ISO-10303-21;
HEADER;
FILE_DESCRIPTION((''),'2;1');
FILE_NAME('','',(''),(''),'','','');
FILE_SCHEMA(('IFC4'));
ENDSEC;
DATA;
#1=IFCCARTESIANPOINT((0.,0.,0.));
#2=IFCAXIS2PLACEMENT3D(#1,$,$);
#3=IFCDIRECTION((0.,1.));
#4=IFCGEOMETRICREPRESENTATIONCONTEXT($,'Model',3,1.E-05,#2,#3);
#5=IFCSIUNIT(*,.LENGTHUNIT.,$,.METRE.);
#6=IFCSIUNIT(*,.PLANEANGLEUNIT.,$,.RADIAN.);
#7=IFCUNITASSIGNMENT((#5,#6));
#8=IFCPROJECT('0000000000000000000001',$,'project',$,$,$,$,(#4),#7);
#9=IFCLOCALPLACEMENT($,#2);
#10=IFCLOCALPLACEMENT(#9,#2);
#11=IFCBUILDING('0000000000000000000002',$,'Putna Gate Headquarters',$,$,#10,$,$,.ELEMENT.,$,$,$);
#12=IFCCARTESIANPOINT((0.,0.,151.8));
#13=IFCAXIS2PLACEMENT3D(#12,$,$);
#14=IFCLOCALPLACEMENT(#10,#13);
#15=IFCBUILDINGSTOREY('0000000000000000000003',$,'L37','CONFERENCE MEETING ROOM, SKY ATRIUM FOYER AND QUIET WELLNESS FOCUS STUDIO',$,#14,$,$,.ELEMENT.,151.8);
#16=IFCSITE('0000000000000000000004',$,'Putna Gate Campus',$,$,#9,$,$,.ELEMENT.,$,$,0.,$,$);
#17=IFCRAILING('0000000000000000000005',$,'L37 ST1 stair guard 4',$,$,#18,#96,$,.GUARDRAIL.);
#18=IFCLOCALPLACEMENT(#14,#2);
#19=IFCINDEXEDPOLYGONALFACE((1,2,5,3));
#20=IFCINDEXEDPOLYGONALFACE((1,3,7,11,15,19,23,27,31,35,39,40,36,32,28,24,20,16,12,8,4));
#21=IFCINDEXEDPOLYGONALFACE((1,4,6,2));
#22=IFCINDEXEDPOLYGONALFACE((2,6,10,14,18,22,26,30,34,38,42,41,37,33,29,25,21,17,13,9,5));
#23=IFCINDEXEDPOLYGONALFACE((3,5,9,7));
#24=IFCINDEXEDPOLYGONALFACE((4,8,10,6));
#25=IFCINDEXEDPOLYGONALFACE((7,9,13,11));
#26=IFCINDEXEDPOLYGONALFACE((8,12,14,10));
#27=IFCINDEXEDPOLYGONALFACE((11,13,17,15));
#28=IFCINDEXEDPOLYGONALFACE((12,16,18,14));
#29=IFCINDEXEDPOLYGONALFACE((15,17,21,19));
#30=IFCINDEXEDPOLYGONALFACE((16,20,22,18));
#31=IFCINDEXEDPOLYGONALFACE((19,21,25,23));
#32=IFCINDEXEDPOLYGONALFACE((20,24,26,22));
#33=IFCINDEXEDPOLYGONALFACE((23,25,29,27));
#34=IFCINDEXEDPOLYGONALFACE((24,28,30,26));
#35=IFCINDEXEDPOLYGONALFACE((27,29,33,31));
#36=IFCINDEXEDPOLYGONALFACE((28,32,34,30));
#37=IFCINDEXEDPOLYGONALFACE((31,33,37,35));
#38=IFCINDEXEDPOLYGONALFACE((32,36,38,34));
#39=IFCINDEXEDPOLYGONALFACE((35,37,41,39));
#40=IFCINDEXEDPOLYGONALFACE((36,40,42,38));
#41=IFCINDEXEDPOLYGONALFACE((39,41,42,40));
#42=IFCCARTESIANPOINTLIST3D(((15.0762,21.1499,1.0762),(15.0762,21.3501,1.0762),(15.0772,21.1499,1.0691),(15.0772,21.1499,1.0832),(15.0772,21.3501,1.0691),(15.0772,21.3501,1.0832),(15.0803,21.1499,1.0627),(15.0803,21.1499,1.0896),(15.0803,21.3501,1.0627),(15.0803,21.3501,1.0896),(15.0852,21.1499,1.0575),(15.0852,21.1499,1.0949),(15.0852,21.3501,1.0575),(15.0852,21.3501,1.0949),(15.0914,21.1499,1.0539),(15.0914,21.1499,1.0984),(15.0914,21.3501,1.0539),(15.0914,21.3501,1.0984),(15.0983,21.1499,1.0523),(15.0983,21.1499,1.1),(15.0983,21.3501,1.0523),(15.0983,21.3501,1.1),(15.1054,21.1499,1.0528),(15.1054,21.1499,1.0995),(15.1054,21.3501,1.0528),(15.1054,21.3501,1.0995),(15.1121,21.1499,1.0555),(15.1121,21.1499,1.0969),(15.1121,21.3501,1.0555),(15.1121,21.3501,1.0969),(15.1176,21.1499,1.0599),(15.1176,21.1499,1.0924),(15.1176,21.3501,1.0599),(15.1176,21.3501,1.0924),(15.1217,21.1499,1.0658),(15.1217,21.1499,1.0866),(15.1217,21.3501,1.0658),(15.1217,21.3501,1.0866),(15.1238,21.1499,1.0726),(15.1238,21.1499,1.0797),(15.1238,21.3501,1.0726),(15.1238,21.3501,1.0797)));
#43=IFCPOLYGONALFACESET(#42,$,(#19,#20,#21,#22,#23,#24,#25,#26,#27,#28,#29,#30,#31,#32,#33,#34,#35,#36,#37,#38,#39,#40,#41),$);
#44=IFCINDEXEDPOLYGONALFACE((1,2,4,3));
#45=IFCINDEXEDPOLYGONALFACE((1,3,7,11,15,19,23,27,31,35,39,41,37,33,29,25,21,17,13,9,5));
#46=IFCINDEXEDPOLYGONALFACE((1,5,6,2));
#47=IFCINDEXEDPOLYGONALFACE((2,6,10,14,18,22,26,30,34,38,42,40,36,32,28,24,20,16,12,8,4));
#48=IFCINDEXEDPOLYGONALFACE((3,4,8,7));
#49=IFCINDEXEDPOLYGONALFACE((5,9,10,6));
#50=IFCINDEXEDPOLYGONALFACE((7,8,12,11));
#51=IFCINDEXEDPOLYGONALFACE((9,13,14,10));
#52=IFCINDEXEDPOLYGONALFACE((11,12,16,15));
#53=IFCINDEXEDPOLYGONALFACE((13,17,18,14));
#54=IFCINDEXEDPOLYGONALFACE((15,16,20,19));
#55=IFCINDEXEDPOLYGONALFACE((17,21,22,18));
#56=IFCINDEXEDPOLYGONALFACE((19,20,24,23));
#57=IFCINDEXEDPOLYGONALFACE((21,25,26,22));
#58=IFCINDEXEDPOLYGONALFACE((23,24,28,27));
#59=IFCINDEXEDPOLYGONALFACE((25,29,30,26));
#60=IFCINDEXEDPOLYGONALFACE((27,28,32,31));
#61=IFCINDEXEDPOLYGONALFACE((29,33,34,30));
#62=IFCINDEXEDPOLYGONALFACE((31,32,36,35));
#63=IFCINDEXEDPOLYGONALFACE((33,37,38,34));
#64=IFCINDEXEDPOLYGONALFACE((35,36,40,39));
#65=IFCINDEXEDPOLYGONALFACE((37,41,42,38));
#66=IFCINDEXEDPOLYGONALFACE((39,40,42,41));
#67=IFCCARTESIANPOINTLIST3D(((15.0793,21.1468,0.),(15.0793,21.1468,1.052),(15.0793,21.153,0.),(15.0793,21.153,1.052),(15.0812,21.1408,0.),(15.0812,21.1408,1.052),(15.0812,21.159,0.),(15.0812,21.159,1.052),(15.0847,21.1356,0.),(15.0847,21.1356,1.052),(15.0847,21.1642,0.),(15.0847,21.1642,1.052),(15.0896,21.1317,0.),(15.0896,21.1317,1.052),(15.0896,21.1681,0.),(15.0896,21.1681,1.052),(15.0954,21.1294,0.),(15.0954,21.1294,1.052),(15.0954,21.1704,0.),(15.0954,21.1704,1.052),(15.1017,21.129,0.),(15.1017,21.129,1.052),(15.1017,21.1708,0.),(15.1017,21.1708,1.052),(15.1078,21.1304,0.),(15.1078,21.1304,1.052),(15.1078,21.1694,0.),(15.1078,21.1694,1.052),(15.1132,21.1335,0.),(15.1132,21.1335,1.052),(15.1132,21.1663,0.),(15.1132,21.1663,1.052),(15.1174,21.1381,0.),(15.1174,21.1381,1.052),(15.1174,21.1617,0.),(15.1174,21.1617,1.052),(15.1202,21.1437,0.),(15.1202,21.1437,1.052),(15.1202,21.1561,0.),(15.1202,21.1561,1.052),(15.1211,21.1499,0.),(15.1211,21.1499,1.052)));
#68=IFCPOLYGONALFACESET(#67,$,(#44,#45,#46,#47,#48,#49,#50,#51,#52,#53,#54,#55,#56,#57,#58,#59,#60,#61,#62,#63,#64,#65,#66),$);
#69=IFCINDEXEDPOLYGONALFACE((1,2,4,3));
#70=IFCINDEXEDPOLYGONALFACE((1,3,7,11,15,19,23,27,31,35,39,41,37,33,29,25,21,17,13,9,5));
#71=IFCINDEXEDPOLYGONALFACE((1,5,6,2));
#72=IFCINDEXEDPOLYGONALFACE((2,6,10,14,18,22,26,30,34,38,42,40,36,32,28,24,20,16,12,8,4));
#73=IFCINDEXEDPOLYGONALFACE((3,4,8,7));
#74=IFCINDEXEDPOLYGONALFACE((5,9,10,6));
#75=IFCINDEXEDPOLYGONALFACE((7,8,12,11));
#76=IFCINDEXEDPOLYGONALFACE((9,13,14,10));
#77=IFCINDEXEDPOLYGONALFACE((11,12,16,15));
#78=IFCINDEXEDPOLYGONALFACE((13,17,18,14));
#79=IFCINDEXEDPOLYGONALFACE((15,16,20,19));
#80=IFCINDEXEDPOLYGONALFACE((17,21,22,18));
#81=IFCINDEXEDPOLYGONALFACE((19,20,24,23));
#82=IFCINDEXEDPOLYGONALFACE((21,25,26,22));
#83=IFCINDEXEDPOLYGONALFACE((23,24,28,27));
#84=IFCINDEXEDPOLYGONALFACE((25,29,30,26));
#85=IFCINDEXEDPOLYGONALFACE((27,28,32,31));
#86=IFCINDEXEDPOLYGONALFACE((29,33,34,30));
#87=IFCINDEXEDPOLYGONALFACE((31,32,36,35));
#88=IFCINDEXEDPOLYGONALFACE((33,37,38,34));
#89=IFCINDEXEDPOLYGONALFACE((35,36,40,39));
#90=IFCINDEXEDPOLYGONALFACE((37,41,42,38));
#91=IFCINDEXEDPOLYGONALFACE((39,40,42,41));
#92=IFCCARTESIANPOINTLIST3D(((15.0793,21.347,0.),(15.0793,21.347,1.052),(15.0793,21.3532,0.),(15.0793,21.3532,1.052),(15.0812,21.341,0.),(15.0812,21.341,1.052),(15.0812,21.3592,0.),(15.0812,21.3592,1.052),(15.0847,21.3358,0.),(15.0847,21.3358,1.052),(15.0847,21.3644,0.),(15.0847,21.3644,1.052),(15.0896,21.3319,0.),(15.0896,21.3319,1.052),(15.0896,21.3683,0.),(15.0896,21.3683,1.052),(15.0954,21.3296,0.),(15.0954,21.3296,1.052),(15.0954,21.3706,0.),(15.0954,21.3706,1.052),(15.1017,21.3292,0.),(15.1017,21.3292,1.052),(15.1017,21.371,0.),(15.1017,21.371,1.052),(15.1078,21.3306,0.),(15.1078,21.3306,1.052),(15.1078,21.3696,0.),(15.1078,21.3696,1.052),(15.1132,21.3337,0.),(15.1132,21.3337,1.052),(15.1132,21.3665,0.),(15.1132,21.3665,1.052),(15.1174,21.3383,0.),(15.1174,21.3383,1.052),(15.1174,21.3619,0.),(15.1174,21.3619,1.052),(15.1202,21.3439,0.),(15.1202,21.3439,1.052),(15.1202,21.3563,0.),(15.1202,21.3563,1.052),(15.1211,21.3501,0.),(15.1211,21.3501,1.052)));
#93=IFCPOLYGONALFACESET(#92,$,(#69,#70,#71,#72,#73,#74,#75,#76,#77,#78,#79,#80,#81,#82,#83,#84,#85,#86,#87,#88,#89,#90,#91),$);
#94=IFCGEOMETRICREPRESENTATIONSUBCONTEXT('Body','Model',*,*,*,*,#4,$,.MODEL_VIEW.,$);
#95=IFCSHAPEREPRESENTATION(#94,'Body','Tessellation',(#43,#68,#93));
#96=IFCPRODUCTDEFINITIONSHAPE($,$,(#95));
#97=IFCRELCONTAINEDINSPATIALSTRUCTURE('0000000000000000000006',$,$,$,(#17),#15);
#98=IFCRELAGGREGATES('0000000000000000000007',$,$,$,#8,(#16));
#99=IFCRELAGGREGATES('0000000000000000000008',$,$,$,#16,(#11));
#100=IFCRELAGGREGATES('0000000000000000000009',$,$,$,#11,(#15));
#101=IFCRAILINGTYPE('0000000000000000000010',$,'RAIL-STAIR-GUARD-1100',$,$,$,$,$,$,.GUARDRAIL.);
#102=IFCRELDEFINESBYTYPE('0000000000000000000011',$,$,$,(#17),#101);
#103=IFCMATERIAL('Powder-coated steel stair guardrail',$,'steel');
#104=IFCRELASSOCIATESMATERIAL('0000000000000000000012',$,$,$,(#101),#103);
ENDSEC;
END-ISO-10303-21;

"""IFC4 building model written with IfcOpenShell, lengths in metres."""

from ifc_helpers import new_model, si_unit, direction, frame, origin, origin_2d, place, context, subcontext, project, spatial, circle, extrude, material, type_object, element, save


model = new_model("IFC4")

# Units and contexts
model_context = context("Model", 3, precision=1e-05, world=origin(), true_north=direction((0.0, 1.0)))
body_context = subcontext(model_context, "Body", "Model", "MODEL_VIEW")
ifc_project = project(units=[si_unit("LENGTHUNIT", "METRE"), si_unit("PLANEANGLEUNIT", "RADIAN")], contexts=[model_context])

# Site, building, storey
site_placement = place(None, origin())
site = spatial("IfcSite", under=ifc_project, at=site_placement, Name="Putna Gate Campus", CompositionType="ELEMENT", RefElevation=0.0)
building_placement = place(site_placement, origin())
building = spatial("IfcBuilding", under=site, at=building_placement, Name="Putna Gate Headquarters", CompositionType="ELEMENT")
storey_placement = place(building_placement, frame((0.0, 0.0, 151.8)))
storey = spatial("IfcBuildingStorey", under=building, at=storey_placement, Name="L37", Description="CONFERENCE MEETING ROOM, SKY ATRIUM FOYER AND QUIET WELLNESS FOCUS STUDIO", CompositionType="ELEMENT", Elevation=151.8)

# Railing
ifc_material_1 = material(Name="Powder-coated steel stair guardrail", Category="steel")
railing_type_1 = type_object("IfcRailingType", Name="RAIL-STAIR-GUARD-1100", PredefinedType="GUARDRAIL", material=ifc_material_1)
railing_1_placement = place(storey_placement, frame((15.1001, 21.1499, 0.0)))
element("IfcRailing", 1, at=railing_1_placement, inside=storey, type_object=railing_type_1, Name="L37 ST1 stair guard 4", PredefinedType="GUARDRAIL", context=body_context, shape_type="SweptSolid", body=[
    extrude(circle(Radius=0.0239, at=origin_2d()), frame((0.0, 0.0, 1.0762), z_axis=(0.0, 1.0, 0.0), x_axis=(-1.0, 0.0, 0.0)), (0.0, 0.0, 1.0), 0.2002),
    extrude(circle(Radius=0.021, at=origin_2d()), origin(), (0.0, 0.0, 1.0), 1.052),
    extrude(circle(Radius=0.021, at=origin_2d()), frame((0.0, 0.2002, 0.0)), (0.0, 0.0, 1.0), 1.052),
])

save(model, "model.ifc")
